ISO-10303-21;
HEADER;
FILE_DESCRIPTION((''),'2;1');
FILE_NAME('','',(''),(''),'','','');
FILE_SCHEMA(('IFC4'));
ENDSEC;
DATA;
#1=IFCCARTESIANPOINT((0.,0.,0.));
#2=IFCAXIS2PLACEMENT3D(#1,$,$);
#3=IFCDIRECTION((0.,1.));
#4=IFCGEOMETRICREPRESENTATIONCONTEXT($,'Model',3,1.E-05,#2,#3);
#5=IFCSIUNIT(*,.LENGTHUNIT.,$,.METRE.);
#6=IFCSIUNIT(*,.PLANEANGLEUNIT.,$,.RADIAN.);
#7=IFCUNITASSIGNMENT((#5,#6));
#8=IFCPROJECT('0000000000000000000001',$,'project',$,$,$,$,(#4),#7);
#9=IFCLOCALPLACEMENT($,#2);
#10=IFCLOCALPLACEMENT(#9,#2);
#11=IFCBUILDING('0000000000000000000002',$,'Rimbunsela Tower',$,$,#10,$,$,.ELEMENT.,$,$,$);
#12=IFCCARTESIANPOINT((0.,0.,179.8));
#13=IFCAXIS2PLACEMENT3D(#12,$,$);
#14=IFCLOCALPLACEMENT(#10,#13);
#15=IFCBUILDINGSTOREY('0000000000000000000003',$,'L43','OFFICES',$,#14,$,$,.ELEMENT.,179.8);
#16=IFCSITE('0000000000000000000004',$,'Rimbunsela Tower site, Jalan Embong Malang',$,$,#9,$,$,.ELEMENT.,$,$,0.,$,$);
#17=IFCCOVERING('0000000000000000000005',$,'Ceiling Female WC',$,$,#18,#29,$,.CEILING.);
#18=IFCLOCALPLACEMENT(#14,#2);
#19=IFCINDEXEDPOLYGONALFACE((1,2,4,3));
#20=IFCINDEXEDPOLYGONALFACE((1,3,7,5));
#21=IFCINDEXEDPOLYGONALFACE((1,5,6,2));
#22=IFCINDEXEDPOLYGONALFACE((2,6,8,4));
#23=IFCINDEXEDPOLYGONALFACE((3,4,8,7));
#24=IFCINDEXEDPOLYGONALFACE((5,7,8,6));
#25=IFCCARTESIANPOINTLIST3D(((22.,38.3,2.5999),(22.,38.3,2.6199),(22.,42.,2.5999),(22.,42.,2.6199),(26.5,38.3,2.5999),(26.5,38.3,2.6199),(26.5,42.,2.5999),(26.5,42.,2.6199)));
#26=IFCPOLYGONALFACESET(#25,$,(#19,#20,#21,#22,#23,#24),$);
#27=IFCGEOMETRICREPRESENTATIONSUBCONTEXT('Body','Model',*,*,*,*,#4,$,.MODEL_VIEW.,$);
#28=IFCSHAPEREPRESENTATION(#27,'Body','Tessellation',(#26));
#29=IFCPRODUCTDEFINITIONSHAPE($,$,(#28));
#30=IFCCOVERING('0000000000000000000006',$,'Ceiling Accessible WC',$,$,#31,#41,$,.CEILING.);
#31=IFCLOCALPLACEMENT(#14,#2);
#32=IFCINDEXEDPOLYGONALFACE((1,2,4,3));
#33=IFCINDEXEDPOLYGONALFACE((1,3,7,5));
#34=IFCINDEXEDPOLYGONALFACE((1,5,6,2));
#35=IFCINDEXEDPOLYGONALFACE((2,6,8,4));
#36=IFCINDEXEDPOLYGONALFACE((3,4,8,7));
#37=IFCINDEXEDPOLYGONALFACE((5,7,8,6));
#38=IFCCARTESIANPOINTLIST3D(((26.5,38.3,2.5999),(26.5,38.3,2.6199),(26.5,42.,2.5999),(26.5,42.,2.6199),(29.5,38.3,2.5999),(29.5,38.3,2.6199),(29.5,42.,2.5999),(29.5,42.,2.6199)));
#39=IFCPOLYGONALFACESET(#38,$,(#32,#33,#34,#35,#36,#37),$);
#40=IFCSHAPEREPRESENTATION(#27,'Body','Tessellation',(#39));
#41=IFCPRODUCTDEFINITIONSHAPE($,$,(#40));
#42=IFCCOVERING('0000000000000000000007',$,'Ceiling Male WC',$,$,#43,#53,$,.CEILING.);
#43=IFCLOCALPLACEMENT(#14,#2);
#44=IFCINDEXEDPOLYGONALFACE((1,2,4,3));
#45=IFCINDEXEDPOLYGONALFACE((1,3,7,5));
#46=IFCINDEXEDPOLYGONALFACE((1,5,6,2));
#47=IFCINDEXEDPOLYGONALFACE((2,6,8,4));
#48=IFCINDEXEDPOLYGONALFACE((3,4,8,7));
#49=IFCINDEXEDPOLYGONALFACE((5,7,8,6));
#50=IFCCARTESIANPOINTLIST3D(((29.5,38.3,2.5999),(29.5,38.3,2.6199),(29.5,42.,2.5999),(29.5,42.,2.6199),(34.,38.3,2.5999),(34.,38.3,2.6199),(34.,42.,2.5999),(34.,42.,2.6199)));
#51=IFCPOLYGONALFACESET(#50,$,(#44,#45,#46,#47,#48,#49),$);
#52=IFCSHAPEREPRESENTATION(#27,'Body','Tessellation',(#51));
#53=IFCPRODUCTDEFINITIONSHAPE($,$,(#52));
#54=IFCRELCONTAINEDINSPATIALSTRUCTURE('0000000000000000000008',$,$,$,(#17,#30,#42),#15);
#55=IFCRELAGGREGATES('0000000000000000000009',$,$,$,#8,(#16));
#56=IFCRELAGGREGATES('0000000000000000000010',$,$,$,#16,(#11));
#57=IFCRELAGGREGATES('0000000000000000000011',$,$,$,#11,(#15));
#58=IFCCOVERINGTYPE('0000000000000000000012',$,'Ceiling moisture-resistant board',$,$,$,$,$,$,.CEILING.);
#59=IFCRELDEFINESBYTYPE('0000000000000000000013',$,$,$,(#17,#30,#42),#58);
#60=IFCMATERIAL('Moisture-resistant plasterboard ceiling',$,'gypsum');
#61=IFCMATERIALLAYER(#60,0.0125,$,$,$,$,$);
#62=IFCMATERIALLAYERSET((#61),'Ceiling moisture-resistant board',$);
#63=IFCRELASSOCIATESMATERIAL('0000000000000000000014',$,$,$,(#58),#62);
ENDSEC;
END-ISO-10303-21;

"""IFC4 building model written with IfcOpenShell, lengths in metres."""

from ifc_helpers import new_model, si_unit, direction, frame, origin, place, context, subcontext, project, spatial, polyline, outline, extrude, material, layer, layer_set, type_object, element, save


model = new_model("IFC4")

# Units and contexts
model_context = context("Model", 3, precision=1e-05, world=origin(), true_north=direction((0.0, 1.0)))
body_context = subcontext(model_context, "Body", "Model", "MODEL_VIEW")
ifc_project = project(units=[si_unit("LENGTHUNIT", "METRE"), si_unit("PLANEANGLEUNIT", "RADIAN")], contexts=[model_context])

# Site, building, storey
site_placement = place(None, origin())
site = spatial("IfcSite", under=ifc_project, at=site_placement, Name="Rimbunsela Tower site, Jalan Embong Malang", CompositionType="ELEMENT", RefElevation=0.0)
building_placement = place(site_placement, origin())
building = spatial("IfcBuilding", under=site, at=building_placement, Name="Rimbunsela Tower", CompositionType="ELEMENT")
storey_placement = place(building_placement, frame((0.0, 0.0, 179.8)))
storey = spatial("IfcBuildingStorey", under=building, at=storey_placement, Name="L43", Description="OFFICES", CompositionType="ELEMENT", Elevation=179.8)

# Coverings
ifc_material_1 = material(Name="Moisture-resistant plasterboard ceiling", Category="gypsum")
ifc_layer_1 = layer(ifc_material_1, 0.0125)
ifc_layer_set_1 = layer_set([ifc_layer_1], Name="Ceiling moisture-resistant board")
covering_type_1 = type_object("IfcCoveringType", Name="Ceiling moisture-resistant board", PredefinedType="CEILING", material=ifc_layer_set_1)
covering_1_placement = place(storey_placement, frame((0.0, 0.0, 2.5999)))
element("IfcCovering", 1, at=covering_1_placement, inside=storey, type_object=covering_type_1, Name="Ceiling Female WC", PredefinedType="CEILING", context=body_context, shape_type="SweptSolid", body=[
    extrude(outline(polyline([(26.5, 38.3), (26.5, 42.0), (22.0, 42.0), (22.0, 38.3), (26.5, 38.3)])), origin(), (0.0, 0.0, 1.0), 0.02),
])
covering_2_placement = place(storey_placement, frame((0.0, 0.0, 2.5999)))
element("IfcCovering", 2, at=covering_2_placement, inside=storey, type_object=covering_type_1, Name="Ceiling Accessible WC", PredefinedType="CEILING", context=body_context, shape_type="SweptSolid", body=[
    extrude(outline(polyline([(29.5, 38.3), (29.5, 42.0), (26.5, 42.0), (26.5, 38.3), (29.5, 38.3)])), origin(), (0.0, 0.0, 1.0), 0.02),
])
covering_3_placement = place(storey_placement, frame((0.0, 0.0, 2.5999)))
element("IfcCovering", 3, at=covering_3_placement, inside=storey, type_object=covering_type_1, Name="Ceiling Male WC", PredefinedType="CEILING", context=body_context, shape_type="SweptSolid", body=[
    extrude(outline(polyline([(34.0, 38.3), (34.0, 42.0), (29.5, 42.0), (29.5, 38.3), (34.0, 38.3)])), origin(), (0.0, 0.0, 1.0), 0.02),
])

save(model, "model.ifc")
